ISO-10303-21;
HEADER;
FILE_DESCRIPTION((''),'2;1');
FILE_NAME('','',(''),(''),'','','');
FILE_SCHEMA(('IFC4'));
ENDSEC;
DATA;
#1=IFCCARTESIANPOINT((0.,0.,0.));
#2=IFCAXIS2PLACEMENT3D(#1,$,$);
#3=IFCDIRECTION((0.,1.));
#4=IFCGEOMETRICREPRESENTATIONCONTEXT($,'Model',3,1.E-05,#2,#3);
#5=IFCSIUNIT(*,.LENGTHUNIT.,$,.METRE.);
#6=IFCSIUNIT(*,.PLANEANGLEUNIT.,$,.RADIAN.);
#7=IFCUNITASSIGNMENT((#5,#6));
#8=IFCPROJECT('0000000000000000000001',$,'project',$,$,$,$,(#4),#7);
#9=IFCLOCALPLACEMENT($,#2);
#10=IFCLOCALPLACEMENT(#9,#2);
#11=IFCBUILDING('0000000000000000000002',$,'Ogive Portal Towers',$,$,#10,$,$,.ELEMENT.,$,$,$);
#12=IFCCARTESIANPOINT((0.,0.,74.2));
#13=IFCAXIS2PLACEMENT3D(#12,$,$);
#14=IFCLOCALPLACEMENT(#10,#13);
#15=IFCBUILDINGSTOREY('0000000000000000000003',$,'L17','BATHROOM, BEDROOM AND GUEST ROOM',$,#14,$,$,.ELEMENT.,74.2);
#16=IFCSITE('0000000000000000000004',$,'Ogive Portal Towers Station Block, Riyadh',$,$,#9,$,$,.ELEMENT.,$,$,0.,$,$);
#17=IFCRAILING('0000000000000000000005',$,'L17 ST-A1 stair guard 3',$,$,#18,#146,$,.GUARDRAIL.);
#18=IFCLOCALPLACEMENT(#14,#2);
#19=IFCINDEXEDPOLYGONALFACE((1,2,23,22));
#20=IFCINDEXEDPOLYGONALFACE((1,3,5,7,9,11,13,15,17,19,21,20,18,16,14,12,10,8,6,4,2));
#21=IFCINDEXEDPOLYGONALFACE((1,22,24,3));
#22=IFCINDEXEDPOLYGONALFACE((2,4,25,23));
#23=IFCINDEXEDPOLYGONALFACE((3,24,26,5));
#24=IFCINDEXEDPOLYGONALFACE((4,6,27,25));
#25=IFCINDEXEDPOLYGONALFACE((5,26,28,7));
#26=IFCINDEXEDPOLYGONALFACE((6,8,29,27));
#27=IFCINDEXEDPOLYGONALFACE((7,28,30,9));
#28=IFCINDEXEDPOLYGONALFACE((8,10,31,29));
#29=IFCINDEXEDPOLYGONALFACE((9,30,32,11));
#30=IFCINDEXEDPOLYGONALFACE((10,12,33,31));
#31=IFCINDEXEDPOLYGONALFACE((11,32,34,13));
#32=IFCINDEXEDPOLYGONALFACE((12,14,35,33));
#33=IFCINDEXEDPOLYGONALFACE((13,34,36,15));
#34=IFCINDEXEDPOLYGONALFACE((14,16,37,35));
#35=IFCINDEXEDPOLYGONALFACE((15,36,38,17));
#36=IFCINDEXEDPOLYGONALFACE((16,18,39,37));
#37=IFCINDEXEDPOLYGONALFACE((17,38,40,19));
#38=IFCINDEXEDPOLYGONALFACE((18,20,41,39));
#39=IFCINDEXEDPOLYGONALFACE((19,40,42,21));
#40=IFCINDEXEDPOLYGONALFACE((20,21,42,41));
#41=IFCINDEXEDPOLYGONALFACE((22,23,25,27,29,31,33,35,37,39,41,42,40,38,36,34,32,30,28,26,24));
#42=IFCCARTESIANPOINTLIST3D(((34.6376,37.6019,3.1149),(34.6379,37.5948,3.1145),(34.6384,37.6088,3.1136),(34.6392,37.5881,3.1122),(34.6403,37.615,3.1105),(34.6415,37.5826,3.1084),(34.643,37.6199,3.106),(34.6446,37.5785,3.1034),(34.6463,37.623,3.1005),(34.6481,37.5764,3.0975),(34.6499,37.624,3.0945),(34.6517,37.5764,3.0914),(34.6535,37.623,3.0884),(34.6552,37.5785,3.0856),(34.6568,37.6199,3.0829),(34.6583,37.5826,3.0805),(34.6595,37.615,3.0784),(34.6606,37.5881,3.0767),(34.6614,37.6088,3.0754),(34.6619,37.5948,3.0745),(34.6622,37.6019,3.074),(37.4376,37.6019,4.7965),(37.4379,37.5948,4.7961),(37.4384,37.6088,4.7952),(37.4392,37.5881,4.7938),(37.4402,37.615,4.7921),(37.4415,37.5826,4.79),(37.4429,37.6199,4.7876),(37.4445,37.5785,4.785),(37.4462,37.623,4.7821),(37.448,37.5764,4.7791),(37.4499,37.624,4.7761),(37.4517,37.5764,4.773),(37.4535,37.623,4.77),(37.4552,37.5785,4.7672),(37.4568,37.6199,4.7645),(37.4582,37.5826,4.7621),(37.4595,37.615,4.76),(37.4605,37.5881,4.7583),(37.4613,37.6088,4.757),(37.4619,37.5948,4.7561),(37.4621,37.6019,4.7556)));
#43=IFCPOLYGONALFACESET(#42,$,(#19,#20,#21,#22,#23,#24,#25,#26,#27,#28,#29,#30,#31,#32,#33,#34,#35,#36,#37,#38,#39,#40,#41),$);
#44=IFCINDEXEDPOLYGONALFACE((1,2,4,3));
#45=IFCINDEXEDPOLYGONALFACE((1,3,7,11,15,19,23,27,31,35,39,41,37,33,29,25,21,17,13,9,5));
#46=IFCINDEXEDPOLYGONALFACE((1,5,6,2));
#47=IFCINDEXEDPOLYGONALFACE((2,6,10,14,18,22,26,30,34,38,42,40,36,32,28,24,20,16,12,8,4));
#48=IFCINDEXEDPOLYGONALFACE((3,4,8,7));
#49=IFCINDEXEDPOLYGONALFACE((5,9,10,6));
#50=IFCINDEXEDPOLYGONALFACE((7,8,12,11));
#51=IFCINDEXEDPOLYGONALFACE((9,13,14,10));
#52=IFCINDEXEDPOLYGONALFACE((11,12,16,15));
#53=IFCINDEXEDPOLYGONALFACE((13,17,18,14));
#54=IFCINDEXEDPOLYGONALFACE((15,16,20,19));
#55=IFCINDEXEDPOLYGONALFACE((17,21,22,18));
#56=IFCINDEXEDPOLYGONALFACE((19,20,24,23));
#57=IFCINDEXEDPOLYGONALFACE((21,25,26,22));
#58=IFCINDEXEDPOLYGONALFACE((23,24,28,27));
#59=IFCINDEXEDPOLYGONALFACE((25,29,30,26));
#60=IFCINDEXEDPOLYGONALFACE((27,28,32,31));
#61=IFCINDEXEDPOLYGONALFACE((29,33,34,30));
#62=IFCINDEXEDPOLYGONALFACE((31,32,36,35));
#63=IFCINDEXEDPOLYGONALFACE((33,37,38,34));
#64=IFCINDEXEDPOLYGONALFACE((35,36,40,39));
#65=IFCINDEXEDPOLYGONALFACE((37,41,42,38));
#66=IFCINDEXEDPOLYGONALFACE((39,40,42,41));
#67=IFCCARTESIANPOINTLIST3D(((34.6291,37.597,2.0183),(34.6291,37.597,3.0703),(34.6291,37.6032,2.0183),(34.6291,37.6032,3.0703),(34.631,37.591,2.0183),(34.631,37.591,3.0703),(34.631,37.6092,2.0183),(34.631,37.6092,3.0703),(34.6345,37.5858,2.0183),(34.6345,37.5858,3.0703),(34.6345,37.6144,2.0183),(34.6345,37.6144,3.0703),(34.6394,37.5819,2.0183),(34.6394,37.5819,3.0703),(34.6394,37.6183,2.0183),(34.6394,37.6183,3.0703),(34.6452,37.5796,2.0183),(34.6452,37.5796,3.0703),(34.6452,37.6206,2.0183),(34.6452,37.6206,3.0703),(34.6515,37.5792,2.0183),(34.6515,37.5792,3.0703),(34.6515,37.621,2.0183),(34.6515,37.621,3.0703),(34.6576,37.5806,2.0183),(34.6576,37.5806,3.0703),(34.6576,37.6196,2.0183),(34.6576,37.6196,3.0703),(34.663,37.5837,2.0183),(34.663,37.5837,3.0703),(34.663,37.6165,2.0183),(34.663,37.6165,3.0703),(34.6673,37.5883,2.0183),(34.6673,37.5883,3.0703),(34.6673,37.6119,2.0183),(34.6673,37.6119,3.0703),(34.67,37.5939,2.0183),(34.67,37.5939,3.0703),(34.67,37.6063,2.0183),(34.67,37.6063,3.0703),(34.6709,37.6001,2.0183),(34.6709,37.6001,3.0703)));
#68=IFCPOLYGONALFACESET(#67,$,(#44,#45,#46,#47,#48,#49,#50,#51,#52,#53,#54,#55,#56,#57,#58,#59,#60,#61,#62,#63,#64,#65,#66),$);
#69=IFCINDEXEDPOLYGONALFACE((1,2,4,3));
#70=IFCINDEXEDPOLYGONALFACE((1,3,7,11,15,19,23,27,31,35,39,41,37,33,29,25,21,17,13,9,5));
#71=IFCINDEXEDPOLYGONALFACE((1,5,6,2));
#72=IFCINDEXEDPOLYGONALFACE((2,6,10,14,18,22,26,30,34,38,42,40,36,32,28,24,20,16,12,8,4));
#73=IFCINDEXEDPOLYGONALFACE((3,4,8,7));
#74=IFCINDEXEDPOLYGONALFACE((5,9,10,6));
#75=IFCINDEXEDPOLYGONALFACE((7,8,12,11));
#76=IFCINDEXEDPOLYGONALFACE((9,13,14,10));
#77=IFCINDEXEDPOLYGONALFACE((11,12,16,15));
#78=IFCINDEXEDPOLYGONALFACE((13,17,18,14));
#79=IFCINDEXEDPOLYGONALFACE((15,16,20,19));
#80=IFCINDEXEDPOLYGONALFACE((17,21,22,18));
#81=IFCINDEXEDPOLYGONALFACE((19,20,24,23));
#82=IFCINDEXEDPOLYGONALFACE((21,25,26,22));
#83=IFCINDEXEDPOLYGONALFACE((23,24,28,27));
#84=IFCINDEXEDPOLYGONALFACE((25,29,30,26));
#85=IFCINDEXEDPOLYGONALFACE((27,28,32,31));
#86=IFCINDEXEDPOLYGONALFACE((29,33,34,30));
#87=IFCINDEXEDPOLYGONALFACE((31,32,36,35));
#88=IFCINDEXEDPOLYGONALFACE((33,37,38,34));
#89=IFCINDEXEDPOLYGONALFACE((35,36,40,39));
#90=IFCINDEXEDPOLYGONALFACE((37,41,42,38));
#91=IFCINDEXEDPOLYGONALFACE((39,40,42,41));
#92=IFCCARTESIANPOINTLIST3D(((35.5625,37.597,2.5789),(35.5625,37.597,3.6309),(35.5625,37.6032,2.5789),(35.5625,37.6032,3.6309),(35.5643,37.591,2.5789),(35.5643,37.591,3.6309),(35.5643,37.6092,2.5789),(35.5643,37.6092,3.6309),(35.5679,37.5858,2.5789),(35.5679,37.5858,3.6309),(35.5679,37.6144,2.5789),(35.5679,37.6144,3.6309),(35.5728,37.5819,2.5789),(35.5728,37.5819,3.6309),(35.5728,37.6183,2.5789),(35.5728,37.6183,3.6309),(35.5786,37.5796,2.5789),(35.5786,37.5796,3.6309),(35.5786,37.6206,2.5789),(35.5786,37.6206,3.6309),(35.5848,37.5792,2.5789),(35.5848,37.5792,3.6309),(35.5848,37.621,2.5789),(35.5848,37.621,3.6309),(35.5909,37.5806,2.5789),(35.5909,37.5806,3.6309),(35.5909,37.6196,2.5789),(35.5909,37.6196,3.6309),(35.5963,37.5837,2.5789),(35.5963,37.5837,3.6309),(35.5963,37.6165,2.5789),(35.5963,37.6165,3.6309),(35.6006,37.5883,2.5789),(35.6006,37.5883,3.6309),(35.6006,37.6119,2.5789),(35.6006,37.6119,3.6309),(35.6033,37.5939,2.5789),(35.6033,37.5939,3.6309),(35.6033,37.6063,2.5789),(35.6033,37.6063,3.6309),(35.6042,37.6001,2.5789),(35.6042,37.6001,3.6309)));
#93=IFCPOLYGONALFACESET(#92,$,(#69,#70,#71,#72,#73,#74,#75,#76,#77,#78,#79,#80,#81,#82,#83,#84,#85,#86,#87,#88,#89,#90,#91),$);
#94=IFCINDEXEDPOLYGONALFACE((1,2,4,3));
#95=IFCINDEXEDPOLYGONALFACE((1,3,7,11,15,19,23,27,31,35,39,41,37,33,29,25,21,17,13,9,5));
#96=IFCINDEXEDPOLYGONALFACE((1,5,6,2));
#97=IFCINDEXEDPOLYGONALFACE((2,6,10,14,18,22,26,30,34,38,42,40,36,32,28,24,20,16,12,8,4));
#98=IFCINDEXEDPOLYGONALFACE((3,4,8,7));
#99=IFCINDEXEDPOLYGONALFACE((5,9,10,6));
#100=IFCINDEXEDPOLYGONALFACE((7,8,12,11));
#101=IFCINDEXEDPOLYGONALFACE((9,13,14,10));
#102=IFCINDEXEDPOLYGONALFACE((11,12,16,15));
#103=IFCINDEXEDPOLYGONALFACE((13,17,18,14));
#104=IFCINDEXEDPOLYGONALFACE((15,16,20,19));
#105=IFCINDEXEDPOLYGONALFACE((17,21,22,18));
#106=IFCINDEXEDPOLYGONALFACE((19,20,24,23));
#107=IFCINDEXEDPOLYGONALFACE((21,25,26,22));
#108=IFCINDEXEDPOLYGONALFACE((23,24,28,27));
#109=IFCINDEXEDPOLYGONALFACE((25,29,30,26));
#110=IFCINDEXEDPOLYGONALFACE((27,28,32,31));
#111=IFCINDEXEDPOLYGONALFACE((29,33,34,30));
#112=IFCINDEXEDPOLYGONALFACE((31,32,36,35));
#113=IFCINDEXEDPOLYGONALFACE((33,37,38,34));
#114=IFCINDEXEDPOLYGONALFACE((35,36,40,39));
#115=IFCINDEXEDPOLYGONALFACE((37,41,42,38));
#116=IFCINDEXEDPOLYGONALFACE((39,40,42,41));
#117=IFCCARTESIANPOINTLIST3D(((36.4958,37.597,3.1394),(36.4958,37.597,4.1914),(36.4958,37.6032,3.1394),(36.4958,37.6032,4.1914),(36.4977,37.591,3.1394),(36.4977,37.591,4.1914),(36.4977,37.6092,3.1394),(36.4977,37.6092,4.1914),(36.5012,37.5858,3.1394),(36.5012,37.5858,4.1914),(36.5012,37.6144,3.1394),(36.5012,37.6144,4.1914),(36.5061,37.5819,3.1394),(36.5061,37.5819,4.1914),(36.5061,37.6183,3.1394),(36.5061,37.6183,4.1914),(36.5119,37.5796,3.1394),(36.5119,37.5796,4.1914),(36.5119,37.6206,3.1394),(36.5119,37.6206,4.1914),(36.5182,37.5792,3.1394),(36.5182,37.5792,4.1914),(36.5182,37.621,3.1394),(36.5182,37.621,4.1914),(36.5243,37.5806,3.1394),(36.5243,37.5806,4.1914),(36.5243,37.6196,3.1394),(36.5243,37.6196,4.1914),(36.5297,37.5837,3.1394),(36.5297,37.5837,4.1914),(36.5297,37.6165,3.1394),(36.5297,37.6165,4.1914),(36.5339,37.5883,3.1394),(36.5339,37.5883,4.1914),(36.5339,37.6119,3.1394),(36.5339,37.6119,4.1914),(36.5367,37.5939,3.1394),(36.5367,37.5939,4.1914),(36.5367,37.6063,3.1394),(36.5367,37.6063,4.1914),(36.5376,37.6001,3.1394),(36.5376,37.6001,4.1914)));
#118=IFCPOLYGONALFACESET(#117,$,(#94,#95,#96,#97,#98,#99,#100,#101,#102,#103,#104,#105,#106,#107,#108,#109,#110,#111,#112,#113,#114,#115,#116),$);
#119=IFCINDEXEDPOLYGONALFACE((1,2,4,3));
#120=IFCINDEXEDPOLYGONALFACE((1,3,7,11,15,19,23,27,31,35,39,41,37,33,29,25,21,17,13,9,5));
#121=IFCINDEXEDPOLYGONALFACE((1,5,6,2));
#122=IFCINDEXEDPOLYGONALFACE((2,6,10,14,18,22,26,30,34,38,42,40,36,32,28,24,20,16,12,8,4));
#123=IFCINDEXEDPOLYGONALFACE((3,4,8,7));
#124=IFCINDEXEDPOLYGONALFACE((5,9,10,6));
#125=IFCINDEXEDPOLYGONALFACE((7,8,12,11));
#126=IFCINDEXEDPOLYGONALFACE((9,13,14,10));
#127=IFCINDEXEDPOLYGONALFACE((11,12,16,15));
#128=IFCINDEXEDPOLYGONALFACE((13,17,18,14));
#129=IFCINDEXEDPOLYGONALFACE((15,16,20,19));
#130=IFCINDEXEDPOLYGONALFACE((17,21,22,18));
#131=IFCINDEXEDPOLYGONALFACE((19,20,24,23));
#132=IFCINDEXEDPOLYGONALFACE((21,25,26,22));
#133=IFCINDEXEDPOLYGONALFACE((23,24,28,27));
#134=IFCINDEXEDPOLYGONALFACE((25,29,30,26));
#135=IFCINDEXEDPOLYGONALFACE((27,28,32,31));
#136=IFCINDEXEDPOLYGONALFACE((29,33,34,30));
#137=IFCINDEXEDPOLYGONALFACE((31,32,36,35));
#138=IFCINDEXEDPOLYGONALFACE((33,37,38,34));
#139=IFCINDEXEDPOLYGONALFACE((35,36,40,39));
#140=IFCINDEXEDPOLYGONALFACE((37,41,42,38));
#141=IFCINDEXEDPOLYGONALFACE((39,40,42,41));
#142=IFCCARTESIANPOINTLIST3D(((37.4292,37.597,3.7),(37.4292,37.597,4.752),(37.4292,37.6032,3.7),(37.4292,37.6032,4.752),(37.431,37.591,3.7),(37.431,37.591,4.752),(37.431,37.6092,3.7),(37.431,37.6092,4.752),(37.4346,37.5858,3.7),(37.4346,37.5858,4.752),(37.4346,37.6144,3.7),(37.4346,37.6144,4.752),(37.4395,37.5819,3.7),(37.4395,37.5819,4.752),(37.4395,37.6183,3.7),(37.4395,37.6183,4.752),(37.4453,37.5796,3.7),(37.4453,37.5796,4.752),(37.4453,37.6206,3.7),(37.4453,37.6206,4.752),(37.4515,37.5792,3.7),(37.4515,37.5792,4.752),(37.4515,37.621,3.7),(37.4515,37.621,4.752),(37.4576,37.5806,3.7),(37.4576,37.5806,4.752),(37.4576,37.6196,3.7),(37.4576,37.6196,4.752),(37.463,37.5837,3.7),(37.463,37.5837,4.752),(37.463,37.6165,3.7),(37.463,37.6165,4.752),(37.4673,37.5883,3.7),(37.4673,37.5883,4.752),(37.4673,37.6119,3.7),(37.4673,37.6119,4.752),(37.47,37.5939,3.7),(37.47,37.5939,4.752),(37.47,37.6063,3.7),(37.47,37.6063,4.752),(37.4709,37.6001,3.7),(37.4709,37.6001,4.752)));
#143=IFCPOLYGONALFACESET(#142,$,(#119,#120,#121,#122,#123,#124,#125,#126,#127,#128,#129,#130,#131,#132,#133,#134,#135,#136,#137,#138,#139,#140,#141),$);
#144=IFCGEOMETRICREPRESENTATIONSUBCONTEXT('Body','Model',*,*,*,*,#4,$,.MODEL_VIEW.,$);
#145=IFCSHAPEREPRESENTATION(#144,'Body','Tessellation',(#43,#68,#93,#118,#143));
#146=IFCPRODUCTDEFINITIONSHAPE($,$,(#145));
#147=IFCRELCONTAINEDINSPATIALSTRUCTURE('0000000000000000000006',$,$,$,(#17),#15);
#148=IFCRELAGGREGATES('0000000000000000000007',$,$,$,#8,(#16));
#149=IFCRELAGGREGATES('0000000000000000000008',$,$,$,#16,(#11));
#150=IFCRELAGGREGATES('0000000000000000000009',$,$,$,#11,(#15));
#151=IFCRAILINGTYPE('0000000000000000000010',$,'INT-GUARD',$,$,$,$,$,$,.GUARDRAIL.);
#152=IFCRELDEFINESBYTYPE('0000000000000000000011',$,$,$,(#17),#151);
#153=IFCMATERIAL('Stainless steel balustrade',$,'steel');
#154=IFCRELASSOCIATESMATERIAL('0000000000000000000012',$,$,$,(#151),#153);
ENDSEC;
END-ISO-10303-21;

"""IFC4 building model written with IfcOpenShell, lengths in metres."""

from ifc_helpers import new_model, si_unit, direction, frame, origin, origin_2d, place, context, subcontext, project, spatial, circle, extrude, material, type_object, element, save


model = new_model("IFC4")

# Units and contexts
model_context = context("Model", 3, precision=1e-05, world=origin(), true_north=direction((0.0, 1.0)))
body_context = subcontext(model_context, "Body", "Model", "MODEL_VIEW")
ifc_project = project(units=[si_unit("LENGTHUNIT", "METRE"), si_unit("PLANEANGLEUNIT", "RADIAN")], contexts=[model_context])

# Site, building, storey
site_placement = place(None, origin())
site = spatial("IfcSite", under=ifc_project, at=site_placement, Name="Ogive Portal Towers Station Block, Riyadh", CompositionType="ELEMENT", RefElevation=0.0)
building_placement = place(site_placement, origin())
building = spatial("IfcBuilding", under=site, at=building_placement, Name="Ogive Portal Towers", CompositionType="ELEMENT")
storey_placement = place(building_placement, frame((0.0, 0.0, 74.2)))
storey = spatial("IfcBuildingStorey", under=building, at=storey_placement, Name="L17", Description="BATHROOM, BEDROOM AND GUEST ROOM", CompositionType="ELEMENT", Elevation=74.2)

# Railing
ifc_material_1 = material(Name="Stainless steel balustrade", Category="steel")
railing_type_1 = type_object("IfcRailingType", Name="INT-GUARD", PredefinedType="GUARDRAIL", material=ifc_material_1)
railing_1_placement = place(storey_placement, frame((34.6499, 37.6001, 2.0183)))
element("IfcRailing", 1, at=railing_1_placement, inside=storey, type_object=railing_type_1, Name="L17 ST-A1 stair guard 3", PredefinedType="GUARDRAIL", context=body_context, shape_type="SweptSolid", body=[
    extrude(circle(Radius=0.0239, at=origin_2d()), frame((0.0, 0.0, 1.0762), z_axis=(0.857275, 0.0, 0.514858), x_axis=(0.0, 1.0, 0.0)), (0.0, 0.0, 1.0), 3.2661),
    extrude(circle(Radius=0.021, at=origin_2d()), origin(), (0.0, 0.0, 1.0), 1.052),
    extrude(circle(Radius=0.021, at=origin_2d()), frame((0.9333, 0.0, 0.5605)), (0.0, 0.0, 1.0), 1.052),
    extrude(circle(Radius=0.021, at=origin_2d()), frame((1.8667, 0.0, 1.1211)), (0.0, 0.0, 1.0), 1.052),
    extrude(circle(Radius=0.021, at=origin_2d()), frame((2.8, 0.0, 1.6816)), (0.0, 0.0, 1.0), 1.052),
])

save(model, "model.ifc")
